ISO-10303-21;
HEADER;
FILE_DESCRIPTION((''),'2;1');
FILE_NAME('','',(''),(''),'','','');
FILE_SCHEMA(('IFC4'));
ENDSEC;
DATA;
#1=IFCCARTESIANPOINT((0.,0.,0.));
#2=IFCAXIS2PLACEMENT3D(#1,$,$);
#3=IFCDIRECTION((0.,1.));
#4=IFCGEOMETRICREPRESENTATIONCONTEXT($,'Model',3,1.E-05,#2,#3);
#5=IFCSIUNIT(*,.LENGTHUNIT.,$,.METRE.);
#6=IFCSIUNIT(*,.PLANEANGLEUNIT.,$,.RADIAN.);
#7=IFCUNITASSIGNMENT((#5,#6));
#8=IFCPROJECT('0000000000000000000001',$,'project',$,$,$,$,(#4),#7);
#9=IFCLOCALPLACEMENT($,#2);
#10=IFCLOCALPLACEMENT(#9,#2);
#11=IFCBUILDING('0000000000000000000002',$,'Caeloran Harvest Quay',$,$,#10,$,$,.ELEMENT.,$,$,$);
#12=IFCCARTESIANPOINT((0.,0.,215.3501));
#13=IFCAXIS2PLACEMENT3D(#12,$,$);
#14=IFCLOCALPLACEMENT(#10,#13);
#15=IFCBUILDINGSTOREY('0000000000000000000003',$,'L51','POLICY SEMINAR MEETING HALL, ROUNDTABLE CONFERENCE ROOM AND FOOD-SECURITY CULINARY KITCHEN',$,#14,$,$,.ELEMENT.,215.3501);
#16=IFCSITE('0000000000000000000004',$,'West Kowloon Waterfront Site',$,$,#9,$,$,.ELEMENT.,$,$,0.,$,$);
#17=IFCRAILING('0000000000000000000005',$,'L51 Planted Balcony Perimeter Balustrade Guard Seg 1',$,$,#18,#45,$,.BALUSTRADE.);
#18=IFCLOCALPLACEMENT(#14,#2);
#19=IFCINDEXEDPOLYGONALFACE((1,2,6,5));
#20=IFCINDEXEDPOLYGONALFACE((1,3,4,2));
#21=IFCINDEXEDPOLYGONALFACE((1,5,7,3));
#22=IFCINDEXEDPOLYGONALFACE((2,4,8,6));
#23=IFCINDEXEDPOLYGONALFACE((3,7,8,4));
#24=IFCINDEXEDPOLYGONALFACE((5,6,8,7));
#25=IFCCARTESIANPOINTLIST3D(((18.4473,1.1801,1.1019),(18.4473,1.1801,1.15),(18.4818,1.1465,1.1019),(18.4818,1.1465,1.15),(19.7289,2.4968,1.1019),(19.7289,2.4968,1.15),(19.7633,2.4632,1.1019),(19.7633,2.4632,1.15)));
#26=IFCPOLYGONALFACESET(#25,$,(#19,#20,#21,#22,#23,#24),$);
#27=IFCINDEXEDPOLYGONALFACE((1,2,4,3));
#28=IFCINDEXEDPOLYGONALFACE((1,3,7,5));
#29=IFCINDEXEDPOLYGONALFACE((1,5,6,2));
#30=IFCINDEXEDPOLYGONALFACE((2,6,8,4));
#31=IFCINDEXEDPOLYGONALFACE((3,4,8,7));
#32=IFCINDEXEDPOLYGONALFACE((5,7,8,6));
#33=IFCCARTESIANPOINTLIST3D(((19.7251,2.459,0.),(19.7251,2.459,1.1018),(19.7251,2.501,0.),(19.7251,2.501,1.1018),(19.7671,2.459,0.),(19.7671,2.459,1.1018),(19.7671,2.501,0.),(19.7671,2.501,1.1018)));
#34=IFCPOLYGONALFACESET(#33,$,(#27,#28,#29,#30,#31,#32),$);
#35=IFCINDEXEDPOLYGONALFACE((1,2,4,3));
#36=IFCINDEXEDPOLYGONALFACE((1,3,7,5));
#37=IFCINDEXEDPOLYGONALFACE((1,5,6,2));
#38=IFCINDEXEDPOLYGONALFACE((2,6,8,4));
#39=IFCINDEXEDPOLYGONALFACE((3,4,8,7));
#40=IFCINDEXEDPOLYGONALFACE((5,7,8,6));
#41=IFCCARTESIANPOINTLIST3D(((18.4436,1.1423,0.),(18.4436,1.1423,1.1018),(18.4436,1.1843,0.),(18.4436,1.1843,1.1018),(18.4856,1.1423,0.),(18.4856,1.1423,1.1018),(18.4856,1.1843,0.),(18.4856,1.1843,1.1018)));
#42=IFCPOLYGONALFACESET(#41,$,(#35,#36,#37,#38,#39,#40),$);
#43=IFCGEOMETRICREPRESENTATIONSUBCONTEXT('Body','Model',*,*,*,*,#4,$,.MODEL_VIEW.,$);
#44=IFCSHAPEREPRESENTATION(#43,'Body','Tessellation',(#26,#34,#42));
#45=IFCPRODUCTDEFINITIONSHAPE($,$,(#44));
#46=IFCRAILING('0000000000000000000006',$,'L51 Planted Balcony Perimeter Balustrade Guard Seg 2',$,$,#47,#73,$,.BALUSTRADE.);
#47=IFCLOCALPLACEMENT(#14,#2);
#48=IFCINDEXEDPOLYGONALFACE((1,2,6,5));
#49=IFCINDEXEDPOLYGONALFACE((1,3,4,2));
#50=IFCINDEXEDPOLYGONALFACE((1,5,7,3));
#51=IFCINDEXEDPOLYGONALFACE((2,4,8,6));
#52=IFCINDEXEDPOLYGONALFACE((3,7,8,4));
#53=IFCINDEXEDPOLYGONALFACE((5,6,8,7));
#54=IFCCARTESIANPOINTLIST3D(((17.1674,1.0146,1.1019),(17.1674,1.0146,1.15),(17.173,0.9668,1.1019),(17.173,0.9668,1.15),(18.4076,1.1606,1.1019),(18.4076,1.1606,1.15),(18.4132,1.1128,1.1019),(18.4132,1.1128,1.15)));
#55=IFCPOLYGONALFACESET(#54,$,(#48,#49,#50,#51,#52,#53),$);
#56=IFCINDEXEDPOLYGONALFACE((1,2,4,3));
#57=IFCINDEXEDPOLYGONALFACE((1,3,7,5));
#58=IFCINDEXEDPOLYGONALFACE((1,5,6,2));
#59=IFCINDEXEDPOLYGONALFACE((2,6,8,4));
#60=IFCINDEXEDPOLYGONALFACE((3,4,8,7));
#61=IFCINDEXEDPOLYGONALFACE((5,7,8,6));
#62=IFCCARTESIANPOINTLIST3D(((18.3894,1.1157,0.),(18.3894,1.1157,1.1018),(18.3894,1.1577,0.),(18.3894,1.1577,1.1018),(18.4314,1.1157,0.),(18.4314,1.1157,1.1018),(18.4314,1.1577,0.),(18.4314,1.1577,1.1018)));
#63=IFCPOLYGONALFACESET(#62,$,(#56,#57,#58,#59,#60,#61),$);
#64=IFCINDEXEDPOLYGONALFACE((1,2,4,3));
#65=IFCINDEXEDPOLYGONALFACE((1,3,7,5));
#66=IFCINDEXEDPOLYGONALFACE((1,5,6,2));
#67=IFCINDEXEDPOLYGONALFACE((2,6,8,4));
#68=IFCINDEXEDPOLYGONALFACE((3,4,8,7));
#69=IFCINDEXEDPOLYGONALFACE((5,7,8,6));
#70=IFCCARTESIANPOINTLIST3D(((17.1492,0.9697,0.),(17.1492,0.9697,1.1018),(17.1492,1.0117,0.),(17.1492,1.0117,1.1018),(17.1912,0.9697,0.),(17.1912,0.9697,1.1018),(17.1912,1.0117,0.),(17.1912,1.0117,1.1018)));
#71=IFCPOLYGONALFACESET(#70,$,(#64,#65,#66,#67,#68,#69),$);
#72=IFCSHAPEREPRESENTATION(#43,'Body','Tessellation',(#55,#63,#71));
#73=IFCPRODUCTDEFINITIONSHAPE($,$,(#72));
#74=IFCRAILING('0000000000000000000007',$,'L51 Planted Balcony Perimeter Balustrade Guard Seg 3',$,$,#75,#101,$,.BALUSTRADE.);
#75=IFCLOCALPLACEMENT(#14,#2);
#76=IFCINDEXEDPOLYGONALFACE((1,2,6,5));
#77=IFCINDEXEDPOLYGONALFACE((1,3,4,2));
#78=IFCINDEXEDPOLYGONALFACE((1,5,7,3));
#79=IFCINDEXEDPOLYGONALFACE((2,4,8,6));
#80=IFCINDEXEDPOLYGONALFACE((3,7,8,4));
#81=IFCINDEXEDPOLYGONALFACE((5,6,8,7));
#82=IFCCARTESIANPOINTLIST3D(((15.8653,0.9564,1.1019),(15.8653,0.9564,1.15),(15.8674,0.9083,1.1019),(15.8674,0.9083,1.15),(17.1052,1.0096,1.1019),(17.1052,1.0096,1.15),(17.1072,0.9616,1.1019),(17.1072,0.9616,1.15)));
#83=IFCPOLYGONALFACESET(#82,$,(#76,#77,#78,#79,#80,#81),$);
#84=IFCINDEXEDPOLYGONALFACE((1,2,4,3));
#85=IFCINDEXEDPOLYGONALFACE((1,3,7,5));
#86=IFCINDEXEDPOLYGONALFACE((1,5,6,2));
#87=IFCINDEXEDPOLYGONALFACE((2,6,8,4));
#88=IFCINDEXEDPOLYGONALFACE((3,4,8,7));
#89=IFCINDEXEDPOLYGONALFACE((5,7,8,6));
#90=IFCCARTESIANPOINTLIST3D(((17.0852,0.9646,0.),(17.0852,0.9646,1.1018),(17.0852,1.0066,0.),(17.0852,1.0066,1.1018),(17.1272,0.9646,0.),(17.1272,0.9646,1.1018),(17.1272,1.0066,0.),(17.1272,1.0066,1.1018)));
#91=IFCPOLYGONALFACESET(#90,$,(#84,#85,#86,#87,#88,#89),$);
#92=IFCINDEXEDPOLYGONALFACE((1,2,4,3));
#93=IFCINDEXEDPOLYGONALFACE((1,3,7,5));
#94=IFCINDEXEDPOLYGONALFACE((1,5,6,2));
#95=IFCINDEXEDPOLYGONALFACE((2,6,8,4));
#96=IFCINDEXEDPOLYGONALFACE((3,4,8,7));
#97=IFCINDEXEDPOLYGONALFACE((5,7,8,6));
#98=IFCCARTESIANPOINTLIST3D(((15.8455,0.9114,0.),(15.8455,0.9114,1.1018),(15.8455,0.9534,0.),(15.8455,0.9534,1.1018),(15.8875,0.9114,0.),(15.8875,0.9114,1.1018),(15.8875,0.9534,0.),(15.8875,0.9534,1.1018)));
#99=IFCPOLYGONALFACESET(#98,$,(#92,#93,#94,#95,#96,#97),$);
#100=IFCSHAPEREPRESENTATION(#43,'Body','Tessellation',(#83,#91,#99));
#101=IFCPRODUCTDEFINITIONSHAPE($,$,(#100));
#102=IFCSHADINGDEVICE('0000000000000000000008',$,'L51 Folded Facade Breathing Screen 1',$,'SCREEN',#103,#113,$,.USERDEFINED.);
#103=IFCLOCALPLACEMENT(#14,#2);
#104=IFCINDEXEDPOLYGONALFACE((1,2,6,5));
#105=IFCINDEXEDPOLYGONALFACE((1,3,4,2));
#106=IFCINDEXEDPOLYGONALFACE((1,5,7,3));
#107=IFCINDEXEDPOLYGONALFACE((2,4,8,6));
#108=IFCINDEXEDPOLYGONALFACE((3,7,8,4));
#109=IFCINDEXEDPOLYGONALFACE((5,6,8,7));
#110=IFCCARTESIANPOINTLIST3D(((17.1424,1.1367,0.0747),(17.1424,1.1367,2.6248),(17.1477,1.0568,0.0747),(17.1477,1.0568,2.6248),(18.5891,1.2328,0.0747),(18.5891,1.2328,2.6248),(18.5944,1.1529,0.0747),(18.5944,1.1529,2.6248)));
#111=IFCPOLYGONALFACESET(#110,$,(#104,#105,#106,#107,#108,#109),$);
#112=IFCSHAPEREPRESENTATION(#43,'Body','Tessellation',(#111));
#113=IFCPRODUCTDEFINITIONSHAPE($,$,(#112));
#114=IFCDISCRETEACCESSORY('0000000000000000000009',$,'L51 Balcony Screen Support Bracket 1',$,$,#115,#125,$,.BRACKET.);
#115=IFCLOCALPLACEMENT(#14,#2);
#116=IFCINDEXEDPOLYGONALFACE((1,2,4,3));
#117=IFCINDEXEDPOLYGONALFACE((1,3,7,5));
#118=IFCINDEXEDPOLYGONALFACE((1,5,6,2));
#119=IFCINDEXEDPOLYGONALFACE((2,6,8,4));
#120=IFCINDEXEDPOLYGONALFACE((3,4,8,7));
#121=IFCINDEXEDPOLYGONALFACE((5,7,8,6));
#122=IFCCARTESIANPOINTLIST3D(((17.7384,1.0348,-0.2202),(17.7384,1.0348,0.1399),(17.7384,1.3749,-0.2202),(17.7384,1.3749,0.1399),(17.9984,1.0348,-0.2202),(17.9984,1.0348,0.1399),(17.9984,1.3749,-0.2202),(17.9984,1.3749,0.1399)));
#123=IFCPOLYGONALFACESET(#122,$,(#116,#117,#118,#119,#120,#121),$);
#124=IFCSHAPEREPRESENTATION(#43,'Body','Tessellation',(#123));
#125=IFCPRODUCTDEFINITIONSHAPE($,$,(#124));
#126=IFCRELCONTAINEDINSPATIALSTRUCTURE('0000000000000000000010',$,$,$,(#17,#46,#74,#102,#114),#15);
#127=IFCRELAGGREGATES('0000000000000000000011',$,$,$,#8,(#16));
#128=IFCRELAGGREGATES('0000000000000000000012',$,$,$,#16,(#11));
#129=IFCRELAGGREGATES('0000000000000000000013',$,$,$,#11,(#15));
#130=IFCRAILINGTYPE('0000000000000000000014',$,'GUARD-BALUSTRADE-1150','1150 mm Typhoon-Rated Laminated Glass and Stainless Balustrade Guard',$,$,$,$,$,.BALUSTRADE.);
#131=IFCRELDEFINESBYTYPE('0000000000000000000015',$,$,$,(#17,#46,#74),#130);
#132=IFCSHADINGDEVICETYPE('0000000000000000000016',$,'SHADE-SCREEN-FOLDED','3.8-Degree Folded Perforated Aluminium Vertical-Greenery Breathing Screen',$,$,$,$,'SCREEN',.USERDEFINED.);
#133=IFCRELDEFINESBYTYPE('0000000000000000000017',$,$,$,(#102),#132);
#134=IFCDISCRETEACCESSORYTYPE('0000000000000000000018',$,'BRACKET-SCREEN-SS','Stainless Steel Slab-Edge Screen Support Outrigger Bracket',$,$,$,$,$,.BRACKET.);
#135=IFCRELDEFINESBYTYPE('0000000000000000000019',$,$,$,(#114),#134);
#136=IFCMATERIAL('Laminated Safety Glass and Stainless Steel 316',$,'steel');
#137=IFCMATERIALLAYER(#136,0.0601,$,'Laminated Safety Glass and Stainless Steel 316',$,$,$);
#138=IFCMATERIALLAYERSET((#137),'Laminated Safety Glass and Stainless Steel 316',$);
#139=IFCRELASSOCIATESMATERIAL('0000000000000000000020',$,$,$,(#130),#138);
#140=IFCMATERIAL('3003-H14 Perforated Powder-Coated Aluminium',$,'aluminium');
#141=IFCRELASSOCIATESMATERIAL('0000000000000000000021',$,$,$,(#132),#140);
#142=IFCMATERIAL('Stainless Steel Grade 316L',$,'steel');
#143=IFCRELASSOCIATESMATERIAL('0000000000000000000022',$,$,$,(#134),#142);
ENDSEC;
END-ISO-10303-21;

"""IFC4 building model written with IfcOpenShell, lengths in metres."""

from ifc_helpers import new_model, si_unit, direction, frame, origin, origin_2d, place, context, subcontext, project, spatial, rectangle, extrude, material, layer, layer_set, type_object, element, save


model = new_model("IFC4")

# Units and contexts
model_context = context("Model", 3, precision=1e-05, world=origin(), true_north=direction((0.0, 1.0)))
body_context = subcontext(model_context, "Body", "Model", "MODEL_VIEW")
ifc_project = project(units=[si_unit("LENGTHUNIT", "METRE"), si_unit("PLANEANGLEUNIT", "RADIAN")], contexts=[model_context])

# Site, building, storey
site_placement = place(None, origin())
site = spatial("IfcSite", under=ifc_project, at=site_placement, Name="West Kowloon Waterfront Site", CompositionType="ELEMENT", RefElevation=0.0)
building_placement = place(site_placement, origin())
building = spatial("IfcBuilding", under=site, at=building_placement, Name="Caeloran Harvest Quay", CompositionType="ELEMENT")
storey_placement = place(building_placement, frame((0.0, 0.0, 215.3501)))
storey = spatial("IfcBuildingStorey", under=building, at=storey_placement, Name="L51", Description="POLICY SEMINAR MEETING HALL, ROUNDTABLE CONFERENCE ROOM AND FOOD-SECURITY CULINARY KITCHEN", CompositionType="ELEMENT", Elevation=215.3501)

# Railings
ifc_material_1 = material(Name="Laminated Safety Glass and Stainless Steel 316", Category="steel")
ifc_layer_1 = layer(ifc_material_1, 0.0601, Name="Laminated Safety Glass and Stainless Steel 316")
ifc_layer_set_1 = layer_set([ifc_layer_1], Name="Laminated Safety Glass and Stainless Steel 316")
railing_type = type_object("IfcRailingType", Name="GUARD-BALUSTRADE-1150", Description="1150 mm Typhoon-Rated Laminated Glass and Stainless Balustrade Guard", PredefinedType="BALUSTRADE", material=ifc_layer_set_1)
railing_1_placement = place(storey_placement, frame((19.7461, 2.48, 0.0)))
element("IfcRailing", 1, at=railing_1_placement, inside=storey, type_object=railing_type, Name="L51 Planted Balcony Perimeter Balustrade Guard Seg 1", PredefinedType="BALUSTRADE", context=body_context, shape_type="SweptSolid", body=[
    extrude(rectangle(XDim=0.0481, YDim=0.0481, at=origin_2d()), frame((0.0, 0.0, 1.126), z_axis=(-0.697475, -0.716609, 0.0), x_axis=(0.716609, -0.697475, 0.0)), (0.0, 0.0, 1.0), 1.8374),
    extrude(rectangle(XDim=0.042, YDim=0.042, at=origin_2d()), origin(), (0.0, 0.0, 1.0), 1.1018),
    extrude(rectangle(XDim=0.042, YDim=0.042, at=origin_2d()), frame((-1.2815, -1.3167, 0.0)), (0.0, 0.0, 1.0), 1.1018),
])
railing_2_placement = place(storey_placement, frame((18.4104, 1.1367, 0.0)))
element("IfcRailing", 2, at=railing_2_placement, inside=storey, type_object=railing_type, Name="L51 Planted Balcony Perimeter Balustrade Guard Seg 2", PredefinedType="BALUSTRADE", context=body_context, shape_type="SweptSolid", body=[
    extrude(rectangle(XDim=0.0481, YDim=0.0481, at=origin_2d()), frame((0.0, 0.0, 1.126), z_axis=(-0.993143, -0.116909, 0.0), x_axis=(0.116909, -0.993143, 0.0)), (0.0, 0.0, 1.0), 1.2488),
    extrude(rectangle(XDim=0.042, YDim=0.042, at=origin_2d()), origin(), (0.0, 0.0, 1.0), 1.1018),
    extrude(rectangle(XDim=0.042, YDim=0.042, at=origin_2d()), frame((-1.2402, -0.146, 0.0)), (0.0, 0.0, 1.0), 1.1018),
])
railing_3_placement = place(storey_placement, frame((17.1062, 0.9856, 0.0)))
element("IfcRailing", 3, at=railing_3_placement, inside=storey, type_object=railing_type, Name="L51 Planted Balcony Perimeter Balustrade Guard Seg 3", PredefinedType="BALUSTRADE", context=body_context, shape_type="SweptSolid", body=[
    extrude(rectangle(XDim=0.0481, YDim=0.0481, at=origin_2d()), frame((0.0, 0.0, 1.126), z_axis=(-0.99908, -0.042891, 0.0), x_axis=(0.042891, -0.99908, 0.0)), (0.0, 0.0, 1.0), 1.241),
    extrude(rectangle(XDim=0.042, YDim=0.042, at=origin_2d()), origin(), (0.0, 0.0, 1.0), 1.1018),
    extrude(rectangle(XDim=0.042, YDim=0.042, at=origin_2d()), frame((-1.2397, -0.0532, 0.0)), (0.0, 0.0, 1.0), 1.1018),
])

# Shading device
ifc_material_2 = material(Name="3003-H14 Perforated Powder-Coated Aluminium", Category="aluminium")
shading_device_type = type_object("IfcShadingDeviceType", Name="SHADE-SCREEN-FOLDED", Description="3.8-Degree Folded Perforated Aluminium Vertical-Greenery Breathing Screen", ElementType="SCREEN", PredefinedType="USERDEFINED", material=ifc_material_2)
shading_device_placement = place(storey_placement, frame((17.8684, 1.1448, 0.0747), z_axis=(0.0, 0.0, 1.0), x_axis=(0.997801, 0.066274, 0.0)))
element("IfcShadingDevice", 4, at=shading_device_placement, inside=storey, type_object=shading_device_type, Name="L51 Folded Facade Breathing Screen 1", ObjectType="SCREEN", PredefinedType="USERDEFINED", context=body_context, shape_type="SweptSolid", body=[
    extrude(rectangle(XDim=1.45, YDim=0.0801, at=origin_2d()), origin(), (0.0, 0.0, 1.0), 2.55),
])

# Discrete accessory
ifc_material_3 = material(Name="Stainless Steel Grade 316L", Category="steel")
discrete_accessory_type = type_object("IfcDiscreteAccessoryType", Name="BRACKET-SCREEN-SS", Description="Stainless Steel Slab-Edge Screen Support Outrigger Bracket", PredefinedType="BRACKET", material=ifc_material_3)
discrete_accessory_placement = place(storey_placement, frame((17.8684, 1.2048, -0.2202), z_axis=(0.0, 0.0, 1.0), x_axis=(1.0, 0.0, 0.0)))
element("IfcDiscreteAccessory", 5, at=discrete_accessory_placement, inside=storey, type_object=discrete_accessory_type, Name="L51 Balcony Screen Support Bracket 1", PredefinedType="BRACKET", context=body_context, shape_type="SweptSolid", body=[
    extrude(rectangle(XDim=0.26, YDim=0.3401, at=origin_2d()), origin(), (0.0, 0.0, 1.0), 0.3601),
])

save(model, "model.ifc")
